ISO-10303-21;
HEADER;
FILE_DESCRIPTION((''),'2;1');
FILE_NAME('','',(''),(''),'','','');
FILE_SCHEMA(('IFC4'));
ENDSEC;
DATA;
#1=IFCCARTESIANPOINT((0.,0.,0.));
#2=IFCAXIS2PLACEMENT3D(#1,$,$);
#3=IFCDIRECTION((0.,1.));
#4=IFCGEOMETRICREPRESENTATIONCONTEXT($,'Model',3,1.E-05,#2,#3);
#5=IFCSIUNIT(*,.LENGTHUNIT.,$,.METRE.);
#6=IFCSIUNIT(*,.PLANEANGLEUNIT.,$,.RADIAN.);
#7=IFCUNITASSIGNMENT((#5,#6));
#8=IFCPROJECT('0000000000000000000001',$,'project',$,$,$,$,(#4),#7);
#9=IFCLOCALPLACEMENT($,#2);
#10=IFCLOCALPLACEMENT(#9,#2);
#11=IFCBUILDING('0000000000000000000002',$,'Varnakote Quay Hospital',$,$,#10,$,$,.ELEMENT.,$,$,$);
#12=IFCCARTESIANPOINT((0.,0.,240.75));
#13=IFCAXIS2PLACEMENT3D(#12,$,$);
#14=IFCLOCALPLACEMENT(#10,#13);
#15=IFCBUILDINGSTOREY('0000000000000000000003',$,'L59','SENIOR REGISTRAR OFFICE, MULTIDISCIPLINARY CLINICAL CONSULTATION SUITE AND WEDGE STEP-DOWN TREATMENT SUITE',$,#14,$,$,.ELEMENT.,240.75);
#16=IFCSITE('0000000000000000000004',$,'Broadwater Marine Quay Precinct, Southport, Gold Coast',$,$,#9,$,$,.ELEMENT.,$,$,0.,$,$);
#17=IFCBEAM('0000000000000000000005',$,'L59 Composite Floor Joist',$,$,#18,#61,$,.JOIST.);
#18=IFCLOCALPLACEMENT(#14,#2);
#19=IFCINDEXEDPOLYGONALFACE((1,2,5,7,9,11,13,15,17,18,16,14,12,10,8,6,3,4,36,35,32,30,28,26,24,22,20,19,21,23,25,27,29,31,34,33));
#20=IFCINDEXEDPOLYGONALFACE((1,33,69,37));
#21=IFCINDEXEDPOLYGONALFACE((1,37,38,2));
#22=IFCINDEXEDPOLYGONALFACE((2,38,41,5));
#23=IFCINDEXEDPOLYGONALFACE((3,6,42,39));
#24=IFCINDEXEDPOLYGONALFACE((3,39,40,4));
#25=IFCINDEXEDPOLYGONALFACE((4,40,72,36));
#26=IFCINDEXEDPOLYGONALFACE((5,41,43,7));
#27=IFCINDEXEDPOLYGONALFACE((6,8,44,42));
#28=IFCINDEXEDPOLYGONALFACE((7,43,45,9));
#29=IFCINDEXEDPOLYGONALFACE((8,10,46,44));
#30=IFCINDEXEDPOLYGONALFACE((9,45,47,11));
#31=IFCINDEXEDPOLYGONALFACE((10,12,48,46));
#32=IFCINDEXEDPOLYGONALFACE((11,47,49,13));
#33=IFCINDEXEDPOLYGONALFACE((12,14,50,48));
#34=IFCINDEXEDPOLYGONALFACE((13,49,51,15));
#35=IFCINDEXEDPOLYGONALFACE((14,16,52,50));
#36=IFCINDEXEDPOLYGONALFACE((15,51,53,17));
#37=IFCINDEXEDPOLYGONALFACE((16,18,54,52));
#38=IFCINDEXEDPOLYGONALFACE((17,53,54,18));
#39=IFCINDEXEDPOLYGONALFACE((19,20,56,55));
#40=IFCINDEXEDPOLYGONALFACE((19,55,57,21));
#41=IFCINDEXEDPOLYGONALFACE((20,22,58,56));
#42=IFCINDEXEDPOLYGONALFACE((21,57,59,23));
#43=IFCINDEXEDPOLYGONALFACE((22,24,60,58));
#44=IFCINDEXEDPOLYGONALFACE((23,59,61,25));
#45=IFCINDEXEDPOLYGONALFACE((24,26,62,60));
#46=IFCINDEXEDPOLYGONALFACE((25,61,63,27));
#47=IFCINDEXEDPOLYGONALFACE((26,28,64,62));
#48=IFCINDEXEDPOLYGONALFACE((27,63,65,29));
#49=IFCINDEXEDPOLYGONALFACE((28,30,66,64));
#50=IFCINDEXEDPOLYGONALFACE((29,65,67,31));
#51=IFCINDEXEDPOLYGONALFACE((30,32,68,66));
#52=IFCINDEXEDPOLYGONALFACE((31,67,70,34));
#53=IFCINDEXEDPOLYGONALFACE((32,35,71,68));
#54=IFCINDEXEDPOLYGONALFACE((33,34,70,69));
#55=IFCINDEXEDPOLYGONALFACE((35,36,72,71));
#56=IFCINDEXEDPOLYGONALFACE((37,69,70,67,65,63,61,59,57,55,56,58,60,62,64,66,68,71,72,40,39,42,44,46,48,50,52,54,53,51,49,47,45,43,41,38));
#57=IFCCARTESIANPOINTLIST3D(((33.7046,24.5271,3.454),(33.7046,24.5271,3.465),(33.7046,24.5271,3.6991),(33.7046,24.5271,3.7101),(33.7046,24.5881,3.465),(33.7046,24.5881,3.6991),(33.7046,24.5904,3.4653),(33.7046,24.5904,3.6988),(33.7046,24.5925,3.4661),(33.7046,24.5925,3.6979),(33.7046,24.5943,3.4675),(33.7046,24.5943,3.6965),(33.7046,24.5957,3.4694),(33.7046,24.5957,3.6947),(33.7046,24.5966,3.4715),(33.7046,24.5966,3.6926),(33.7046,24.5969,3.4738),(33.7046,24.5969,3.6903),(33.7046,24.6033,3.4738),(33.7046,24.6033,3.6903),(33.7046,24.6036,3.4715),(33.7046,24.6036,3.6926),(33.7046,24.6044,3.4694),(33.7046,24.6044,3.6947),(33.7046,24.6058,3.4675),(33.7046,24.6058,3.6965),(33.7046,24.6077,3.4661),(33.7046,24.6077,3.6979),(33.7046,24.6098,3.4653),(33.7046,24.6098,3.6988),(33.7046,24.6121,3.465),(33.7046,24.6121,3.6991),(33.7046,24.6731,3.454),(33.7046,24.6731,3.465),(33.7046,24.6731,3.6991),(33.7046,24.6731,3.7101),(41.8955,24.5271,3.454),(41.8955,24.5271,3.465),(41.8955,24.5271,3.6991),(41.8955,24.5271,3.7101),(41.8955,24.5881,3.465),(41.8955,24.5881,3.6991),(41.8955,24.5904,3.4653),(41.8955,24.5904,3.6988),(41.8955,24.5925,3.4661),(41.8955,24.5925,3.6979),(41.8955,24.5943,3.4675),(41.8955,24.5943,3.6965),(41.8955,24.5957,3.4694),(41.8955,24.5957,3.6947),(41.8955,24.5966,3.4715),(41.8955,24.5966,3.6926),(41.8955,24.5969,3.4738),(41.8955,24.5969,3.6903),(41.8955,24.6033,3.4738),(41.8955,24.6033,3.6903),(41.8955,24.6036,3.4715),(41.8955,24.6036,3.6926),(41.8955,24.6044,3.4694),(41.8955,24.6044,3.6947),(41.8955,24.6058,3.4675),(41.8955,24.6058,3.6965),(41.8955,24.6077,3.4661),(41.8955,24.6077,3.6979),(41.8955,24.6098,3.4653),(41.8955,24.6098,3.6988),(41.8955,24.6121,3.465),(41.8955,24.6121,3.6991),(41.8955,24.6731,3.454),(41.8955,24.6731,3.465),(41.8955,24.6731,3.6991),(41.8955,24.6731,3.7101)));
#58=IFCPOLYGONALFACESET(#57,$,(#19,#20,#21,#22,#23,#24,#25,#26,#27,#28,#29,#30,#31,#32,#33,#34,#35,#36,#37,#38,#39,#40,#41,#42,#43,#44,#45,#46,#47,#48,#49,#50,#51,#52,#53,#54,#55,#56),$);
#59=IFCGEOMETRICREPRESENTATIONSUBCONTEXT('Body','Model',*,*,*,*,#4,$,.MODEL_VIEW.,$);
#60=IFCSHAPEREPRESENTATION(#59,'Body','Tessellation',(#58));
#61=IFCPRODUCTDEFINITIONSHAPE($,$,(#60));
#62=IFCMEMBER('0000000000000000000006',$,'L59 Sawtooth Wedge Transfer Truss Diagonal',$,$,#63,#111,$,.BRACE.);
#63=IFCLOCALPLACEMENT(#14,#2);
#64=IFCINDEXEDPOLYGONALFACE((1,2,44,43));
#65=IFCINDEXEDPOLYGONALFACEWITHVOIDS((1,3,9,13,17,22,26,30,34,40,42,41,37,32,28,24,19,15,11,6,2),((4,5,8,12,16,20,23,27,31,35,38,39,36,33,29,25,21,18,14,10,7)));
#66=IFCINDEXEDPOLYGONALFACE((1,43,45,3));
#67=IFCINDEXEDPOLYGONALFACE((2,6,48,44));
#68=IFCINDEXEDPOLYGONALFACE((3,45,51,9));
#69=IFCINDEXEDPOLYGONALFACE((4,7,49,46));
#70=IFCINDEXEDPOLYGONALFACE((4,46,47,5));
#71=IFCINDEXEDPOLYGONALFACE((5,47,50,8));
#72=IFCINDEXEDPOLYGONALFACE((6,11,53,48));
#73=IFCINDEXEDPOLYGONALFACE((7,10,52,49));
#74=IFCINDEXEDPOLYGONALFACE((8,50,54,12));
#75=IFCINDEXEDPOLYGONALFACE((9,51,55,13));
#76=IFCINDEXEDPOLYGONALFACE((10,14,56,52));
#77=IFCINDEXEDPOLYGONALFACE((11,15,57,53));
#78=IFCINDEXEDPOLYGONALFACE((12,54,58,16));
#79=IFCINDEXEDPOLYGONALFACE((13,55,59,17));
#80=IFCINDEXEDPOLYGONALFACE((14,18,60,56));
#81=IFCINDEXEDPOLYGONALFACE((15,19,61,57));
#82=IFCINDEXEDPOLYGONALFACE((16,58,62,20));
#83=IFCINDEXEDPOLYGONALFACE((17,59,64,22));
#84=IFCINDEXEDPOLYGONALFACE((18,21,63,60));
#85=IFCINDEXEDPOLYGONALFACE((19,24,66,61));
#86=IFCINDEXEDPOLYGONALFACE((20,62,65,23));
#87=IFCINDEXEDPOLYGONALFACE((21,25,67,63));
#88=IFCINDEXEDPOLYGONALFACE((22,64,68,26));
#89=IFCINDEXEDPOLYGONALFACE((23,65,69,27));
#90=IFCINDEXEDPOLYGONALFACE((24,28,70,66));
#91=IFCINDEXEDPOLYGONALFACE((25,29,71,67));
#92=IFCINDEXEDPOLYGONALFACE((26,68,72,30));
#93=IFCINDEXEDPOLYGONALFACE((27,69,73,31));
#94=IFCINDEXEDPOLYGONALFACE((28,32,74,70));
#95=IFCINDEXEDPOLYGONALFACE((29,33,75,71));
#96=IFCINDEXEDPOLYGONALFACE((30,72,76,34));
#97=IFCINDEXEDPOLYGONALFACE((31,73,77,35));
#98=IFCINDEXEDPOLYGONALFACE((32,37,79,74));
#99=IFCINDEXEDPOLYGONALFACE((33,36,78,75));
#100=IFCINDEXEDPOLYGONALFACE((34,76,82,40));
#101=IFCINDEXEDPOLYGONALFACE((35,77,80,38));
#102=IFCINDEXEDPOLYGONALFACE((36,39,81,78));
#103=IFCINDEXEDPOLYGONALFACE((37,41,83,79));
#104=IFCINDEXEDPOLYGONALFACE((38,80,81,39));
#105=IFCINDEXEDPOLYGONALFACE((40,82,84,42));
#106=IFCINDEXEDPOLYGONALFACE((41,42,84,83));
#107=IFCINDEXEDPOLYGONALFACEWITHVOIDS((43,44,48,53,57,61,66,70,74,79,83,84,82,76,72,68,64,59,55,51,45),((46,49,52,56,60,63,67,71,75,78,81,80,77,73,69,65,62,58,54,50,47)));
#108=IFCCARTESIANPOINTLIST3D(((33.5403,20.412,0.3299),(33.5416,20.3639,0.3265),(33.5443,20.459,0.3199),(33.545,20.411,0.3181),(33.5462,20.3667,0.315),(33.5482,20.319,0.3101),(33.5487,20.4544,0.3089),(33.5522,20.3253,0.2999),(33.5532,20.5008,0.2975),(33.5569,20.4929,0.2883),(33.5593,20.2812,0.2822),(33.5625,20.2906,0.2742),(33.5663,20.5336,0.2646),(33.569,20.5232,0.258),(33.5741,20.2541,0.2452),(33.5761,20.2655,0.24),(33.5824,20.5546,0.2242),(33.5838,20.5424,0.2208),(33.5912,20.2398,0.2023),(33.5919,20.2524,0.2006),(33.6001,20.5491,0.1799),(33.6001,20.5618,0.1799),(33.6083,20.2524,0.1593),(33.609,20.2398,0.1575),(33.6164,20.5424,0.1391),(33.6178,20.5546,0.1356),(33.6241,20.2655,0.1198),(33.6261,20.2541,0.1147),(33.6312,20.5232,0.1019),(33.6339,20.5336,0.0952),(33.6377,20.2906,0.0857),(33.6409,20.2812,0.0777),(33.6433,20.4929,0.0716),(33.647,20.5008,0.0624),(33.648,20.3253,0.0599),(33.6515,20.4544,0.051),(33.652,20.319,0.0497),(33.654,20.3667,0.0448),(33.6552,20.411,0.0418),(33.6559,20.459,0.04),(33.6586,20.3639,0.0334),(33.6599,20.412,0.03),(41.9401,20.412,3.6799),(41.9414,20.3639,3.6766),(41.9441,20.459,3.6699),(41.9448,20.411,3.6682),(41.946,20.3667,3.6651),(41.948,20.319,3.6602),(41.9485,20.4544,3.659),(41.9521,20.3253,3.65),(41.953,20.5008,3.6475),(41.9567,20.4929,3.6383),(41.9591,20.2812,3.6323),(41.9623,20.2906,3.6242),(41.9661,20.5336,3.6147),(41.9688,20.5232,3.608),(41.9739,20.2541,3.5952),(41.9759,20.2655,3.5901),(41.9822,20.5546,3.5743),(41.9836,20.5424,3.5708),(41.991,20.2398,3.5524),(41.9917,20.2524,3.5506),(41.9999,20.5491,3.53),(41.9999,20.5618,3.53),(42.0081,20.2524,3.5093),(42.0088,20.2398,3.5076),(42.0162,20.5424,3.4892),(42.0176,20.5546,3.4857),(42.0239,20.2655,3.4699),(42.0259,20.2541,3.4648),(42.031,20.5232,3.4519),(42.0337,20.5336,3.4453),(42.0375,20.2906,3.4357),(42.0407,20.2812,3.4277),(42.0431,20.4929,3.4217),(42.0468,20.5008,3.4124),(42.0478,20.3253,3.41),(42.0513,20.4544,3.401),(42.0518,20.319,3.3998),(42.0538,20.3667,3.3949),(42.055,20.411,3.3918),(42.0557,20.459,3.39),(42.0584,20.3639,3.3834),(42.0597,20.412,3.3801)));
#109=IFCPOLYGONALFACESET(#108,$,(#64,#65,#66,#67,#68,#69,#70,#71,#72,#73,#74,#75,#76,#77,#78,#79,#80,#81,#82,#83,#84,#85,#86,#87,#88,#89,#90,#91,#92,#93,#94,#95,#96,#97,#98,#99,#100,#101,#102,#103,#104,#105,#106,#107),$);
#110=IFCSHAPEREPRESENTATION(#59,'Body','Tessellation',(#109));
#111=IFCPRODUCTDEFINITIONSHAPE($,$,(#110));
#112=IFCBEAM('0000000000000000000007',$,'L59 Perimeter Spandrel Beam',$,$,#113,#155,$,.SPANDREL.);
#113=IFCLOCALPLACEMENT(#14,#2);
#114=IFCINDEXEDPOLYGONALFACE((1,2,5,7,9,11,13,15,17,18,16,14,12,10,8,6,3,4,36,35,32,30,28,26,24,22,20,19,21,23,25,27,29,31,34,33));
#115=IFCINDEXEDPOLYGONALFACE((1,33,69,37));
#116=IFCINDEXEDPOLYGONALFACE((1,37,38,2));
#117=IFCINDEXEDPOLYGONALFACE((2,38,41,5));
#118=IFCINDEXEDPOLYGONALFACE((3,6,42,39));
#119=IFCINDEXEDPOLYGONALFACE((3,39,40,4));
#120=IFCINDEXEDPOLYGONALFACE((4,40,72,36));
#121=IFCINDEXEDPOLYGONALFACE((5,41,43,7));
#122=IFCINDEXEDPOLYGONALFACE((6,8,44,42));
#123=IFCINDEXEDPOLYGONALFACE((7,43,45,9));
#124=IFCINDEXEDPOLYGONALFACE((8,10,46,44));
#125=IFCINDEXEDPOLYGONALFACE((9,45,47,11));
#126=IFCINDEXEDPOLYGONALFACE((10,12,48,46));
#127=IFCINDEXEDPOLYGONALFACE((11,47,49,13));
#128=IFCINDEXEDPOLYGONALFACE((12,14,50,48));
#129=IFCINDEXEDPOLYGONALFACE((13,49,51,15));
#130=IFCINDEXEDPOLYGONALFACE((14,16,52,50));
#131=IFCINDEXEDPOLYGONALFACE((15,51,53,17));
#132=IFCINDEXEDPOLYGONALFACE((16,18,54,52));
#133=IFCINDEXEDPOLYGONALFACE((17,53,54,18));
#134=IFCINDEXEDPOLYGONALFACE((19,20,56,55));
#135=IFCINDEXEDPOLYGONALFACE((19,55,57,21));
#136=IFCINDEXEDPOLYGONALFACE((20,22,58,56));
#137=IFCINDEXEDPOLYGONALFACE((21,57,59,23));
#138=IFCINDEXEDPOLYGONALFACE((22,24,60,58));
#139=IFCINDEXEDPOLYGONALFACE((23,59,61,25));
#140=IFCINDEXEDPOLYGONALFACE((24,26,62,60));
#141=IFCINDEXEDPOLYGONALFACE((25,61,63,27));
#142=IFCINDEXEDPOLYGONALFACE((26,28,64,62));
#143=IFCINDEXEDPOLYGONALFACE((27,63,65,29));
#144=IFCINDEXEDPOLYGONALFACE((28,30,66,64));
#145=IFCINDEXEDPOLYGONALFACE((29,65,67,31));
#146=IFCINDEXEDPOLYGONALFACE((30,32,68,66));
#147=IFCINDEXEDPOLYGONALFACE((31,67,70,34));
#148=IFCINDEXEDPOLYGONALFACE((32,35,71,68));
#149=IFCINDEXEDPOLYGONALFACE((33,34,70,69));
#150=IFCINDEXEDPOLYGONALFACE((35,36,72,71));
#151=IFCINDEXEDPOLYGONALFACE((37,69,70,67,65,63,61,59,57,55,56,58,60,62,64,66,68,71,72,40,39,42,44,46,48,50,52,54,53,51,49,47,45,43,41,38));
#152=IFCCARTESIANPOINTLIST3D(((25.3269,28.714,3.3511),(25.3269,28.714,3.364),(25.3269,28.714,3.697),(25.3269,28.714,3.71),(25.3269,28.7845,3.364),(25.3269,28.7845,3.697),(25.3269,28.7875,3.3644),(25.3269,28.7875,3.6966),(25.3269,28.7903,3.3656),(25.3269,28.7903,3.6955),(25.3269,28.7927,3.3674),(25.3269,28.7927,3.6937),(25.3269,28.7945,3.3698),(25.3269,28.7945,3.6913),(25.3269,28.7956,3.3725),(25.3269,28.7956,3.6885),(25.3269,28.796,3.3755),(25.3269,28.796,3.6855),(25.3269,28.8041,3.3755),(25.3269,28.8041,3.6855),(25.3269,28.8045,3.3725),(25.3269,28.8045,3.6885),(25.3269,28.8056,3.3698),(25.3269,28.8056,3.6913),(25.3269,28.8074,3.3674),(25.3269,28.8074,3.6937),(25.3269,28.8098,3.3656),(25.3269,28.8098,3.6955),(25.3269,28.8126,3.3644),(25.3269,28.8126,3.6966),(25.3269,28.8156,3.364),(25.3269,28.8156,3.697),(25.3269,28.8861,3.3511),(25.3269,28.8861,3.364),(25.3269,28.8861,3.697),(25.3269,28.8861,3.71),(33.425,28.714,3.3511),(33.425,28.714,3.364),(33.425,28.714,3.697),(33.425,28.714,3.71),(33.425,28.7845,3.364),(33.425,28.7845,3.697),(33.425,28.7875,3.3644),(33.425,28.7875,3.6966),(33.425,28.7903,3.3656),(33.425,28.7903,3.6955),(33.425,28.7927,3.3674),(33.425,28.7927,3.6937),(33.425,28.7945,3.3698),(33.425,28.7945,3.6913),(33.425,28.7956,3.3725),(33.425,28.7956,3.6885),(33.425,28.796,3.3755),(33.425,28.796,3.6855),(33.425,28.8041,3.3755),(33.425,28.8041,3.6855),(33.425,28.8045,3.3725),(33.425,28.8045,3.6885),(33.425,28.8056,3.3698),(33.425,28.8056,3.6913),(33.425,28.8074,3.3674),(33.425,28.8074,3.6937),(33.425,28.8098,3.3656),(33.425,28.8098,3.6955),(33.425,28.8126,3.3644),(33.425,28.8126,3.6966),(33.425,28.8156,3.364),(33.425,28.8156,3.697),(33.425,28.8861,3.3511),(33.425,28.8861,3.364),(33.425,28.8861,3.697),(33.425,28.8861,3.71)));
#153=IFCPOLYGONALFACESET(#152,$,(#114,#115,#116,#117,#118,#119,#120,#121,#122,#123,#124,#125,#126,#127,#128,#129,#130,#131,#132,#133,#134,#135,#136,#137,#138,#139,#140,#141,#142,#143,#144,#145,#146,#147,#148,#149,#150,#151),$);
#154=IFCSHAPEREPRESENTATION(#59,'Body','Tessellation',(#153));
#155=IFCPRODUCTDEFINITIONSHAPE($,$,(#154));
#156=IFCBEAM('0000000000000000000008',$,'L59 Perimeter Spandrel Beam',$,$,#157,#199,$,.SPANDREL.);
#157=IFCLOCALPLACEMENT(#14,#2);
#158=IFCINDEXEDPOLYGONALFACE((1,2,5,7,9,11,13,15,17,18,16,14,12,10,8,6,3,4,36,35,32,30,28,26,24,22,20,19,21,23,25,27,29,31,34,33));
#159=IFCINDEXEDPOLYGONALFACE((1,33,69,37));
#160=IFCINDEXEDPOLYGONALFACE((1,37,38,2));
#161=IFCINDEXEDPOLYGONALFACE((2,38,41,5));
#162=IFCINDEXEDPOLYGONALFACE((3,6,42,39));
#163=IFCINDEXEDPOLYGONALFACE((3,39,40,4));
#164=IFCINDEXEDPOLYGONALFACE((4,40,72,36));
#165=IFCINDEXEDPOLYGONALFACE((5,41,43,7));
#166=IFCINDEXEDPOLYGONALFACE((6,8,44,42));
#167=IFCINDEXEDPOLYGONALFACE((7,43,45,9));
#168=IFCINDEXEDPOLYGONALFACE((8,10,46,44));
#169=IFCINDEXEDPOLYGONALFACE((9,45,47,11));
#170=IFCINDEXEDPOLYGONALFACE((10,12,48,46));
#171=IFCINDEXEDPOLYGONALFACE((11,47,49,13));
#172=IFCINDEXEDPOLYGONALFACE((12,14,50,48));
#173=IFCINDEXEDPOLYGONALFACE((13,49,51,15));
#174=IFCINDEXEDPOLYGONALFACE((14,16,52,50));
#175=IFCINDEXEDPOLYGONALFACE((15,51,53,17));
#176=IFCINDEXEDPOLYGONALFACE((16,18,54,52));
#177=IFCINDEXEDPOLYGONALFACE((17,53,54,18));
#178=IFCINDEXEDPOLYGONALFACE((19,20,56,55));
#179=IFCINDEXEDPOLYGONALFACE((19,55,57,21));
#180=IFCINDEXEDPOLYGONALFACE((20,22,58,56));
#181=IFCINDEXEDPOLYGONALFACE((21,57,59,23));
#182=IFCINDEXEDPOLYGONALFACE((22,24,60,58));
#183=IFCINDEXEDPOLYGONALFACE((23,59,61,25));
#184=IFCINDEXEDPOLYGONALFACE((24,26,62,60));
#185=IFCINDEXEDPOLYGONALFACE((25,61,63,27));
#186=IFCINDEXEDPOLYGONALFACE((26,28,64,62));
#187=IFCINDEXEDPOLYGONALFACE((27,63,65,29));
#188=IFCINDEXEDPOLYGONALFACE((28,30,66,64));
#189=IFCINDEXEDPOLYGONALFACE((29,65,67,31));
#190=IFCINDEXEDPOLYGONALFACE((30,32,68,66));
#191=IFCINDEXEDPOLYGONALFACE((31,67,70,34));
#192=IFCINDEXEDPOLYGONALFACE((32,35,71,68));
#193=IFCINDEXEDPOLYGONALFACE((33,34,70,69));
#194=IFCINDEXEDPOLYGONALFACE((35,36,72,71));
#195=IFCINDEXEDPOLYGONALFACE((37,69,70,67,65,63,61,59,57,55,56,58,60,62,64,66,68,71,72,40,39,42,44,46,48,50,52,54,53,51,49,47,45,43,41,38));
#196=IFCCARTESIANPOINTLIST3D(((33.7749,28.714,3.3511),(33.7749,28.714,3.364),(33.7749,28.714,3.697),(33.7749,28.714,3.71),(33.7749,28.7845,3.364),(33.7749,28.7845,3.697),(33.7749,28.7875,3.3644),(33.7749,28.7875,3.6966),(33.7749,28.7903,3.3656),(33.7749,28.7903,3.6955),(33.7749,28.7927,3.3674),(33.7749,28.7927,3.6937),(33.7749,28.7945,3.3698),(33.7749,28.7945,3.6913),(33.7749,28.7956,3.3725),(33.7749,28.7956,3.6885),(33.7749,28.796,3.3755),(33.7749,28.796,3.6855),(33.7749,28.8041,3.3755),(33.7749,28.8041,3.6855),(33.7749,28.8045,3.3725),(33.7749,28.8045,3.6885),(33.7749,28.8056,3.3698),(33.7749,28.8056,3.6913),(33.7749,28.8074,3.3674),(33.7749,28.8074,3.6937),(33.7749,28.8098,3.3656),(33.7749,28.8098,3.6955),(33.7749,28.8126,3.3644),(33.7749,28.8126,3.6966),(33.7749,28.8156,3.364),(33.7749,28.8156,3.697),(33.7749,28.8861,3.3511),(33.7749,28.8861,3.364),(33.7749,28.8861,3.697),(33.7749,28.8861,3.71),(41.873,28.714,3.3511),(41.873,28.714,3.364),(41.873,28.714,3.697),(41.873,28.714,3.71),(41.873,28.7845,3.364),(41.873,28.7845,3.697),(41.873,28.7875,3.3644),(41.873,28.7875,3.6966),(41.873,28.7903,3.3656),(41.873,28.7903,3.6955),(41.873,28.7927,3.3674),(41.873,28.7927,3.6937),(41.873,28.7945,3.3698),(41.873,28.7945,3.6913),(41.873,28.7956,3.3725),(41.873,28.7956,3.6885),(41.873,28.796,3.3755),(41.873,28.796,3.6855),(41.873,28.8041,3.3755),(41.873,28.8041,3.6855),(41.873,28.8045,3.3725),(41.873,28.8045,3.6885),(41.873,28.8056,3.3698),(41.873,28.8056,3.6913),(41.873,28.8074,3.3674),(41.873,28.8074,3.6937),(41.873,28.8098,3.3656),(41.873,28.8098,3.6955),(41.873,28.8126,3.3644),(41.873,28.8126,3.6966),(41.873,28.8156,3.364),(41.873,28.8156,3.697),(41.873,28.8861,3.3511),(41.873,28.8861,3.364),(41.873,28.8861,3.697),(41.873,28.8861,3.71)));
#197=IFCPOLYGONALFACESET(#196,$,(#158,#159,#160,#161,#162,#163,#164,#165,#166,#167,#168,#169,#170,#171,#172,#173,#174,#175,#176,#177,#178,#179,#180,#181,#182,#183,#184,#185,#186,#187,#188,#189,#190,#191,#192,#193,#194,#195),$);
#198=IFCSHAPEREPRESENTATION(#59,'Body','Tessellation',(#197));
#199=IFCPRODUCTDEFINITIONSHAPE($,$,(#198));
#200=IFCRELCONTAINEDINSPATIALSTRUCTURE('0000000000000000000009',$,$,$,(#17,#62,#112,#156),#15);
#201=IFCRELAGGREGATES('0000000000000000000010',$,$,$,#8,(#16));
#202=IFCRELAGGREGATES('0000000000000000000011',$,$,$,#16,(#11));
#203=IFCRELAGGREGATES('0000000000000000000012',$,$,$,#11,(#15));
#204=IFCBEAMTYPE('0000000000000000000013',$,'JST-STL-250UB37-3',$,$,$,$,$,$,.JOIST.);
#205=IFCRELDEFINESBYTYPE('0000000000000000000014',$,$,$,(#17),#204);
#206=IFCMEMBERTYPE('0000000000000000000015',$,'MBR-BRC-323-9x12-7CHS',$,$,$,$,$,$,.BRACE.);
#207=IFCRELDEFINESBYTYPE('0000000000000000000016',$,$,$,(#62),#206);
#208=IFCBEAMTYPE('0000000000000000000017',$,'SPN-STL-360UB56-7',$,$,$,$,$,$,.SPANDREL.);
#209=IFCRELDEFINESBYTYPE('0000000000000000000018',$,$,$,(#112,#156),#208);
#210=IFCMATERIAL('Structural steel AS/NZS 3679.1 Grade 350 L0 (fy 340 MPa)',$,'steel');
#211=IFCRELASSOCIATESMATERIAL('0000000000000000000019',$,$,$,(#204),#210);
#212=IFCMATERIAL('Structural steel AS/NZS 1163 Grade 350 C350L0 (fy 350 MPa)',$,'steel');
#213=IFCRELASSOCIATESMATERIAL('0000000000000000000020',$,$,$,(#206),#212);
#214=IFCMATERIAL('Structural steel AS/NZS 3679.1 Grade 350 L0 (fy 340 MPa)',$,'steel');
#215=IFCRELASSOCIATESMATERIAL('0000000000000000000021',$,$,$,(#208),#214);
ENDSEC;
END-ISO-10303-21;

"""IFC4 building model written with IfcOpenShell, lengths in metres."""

from ifc_helpers import new_model, si_unit, direction, frame, origin, origin_2d, place, context, subcontext, project, spatial, hollow_circle, i_section, extrude, material, material_profile, profile_set, type_object, element, save


model = new_model("IFC4")

# Units and contexts
model_context = context("Model", 3, precision=1e-05, world=origin(), true_north=direction((0.0, 1.0)))
body_context = subcontext(model_context, "Body", "Model", "MODEL_VIEW")
ifc_project = project(units=[si_unit("LENGTHUNIT", "METRE"), si_unit("PLANEANGLEUNIT", "RADIAN")], contexts=[model_context])

# Site, building, storey
site_placement = place(None, origin())
site = spatial("IfcSite", under=ifc_project, at=site_placement, Name="Broadwater Marine Quay Precinct, Southport, Gold Coast", CompositionType="ELEMENT", RefElevation=0.0)
building_placement = place(site_placement, origin())
building = spatial("IfcBuilding", under=site, at=building_placement, Name="Varnakote Quay Hospital", CompositionType="ELEMENT")
storey_placement = place(building_placement, frame((0.0, 0.0, 240.75)))
storey = spatial("IfcBuildingStorey", under=building, at=storey_placement, Name="L59", Description="SENIOR REGISTRAR OFFICE, MULTIDISCIPLINARY CLINICAL CONSULTATION SUITE AND WEDGE STEP-DOWN TREATMENT SUITE", CompositionType="ELEMENT", Elevation=240.75)

# Beam
ifc_material_1 = material(Name="Structural steel AS/NZS 3679.1 Grade 350 L0 (fy 340 MPa)", Category="steel")
ifc_material_profile_1 = material_profile(ifc_material_1, i_section(OverallWidth=0.146, OverallDepth=0.2561, WebThickness=0.0063, FlangeThickness=0.011, FilletRadius=0.0088, at=origin_2d()), Name="250UB37.3")
ifc_profile_set_1 = profile_set([ifc_material_profile_1], Name="Structural steel AS/NZS 3679.1 Grade 350 L0 (fy 340 MPa)")
beam_type_1 = type_object("IfcBeamType", Name="JST-STL-250UB37-3", PredefinedType="JOIST", material=ifc_profile_set_1)
beam_1_placement = place(storey_placement, frame((33.7046, 24.6001, 3.582), z_axis=(1.0, 0.0, 0.0), x_axis=(0.0, 1.0, 0.0)))
element("IfcBeam", 1, at=beam_1_placement, inside=storey, type_object=beam_type_1, Name="L59 Composite Floor Joist", PredefinedType="JOIST", context=body_context, shape_type="SweptSolid", body=[
    extrude(i_section(OverallWidth=0.146, OverallDepth=0.2561, WebThickness=0.0063, FlangeThickness=0.011, FilletRadius=0.0088, at=origin_2d()), origin(), (0.0, 0.0, 1.0), 8.1909),
])

# Member
ifc_material_2 = material(Name="Structural steel AS/NZS 1163 Grade 350 C350L0 (fy 350 MPa)", Category="steel")
ifc_material_profile_2 = material_profile(ifc_material_2, hollow_circle(Radius=0.1619, WallThickness=0.0127, at=origin_2d()), Name="323.9x12.7CHS")
ifc_profile_set_2 = profile_set([ifc_material_profile_2], Name="Structural steel AS/NZS 1163 Grade 350 C350L0 (fy 350 MPa)")
member_type_1 = type_object("IfcMemberType", Name="MBR-BRC-323-9x12-7CHS", PredefinedType="BRACE", material=ifc_profile_set_2)
member_1_placement = place(storey_placement, frame((33.6001, 20.3999, 0.1799), z_axis=(0.928852, 0.0, 0.37045), x_axis=(0.0, 1.0, 0.0)))
element("IfcMember", 2, at=member_1_placement, inside=storey, type_object=member_type_1, Name="L59 Sawtooth Wedge Transfer Truss Diagonal", PredefinedType="BRACE", context=body_context, shape_type="SweptSolid", body=[
    extrude(hollow_circle(Radius=0.1619, WallThickness=0.0127, at=origin_2d()), origin(), (0.0, 0.0, 1.0), 9.0432),
])

# Beams
ifc_material_3 = material(Name="Structural steel AS/NZS 3679.1 Grade 350 L0 (fy 340 MPa)", Category="steel")
ifc_material_profile_3 = material_profile(ifc_material_3, i_section(OverallWidth=0.1721, OverallDepth=0.3589, WebThickness=0.0081, FlangeThickness=0.0129, FilletRadius=0.0115, at=origin_2d()), Name="360UB56.7")
ifc_profile_set_3 = profile_set([ifc_material_profile_3], Name="Structural steel AS/NZS 3679.1 Grade 350 L0 (fy 340 MPa)")
beam_type_2 = type_object("IfcBeamType", Name="SPN-STL-360UB56-7", PredefinedType="SPANDREL", material=ifc_profile_set_3)
for number, where, z_axis, x_axis, name in (
    (3, (25.3269, 28.8, 3.5305), (1.0, 0.0, 0.0), (0.0, 1.0, 0.0), "L59 Perimeter Spandrel Beam"),
    (4, (33.7749, 28.8, 3.5305), (1.0, 0.0, 0.0), (0.0, 1.0, 0.0), "L59 Perimeter Spandrel Beam"),
):
    element("IfcBeam", number, at=place(storey_placement, frame(where, z_axis=z_axis, x_axis=x_axis)), inside=storey, type_object=beam_type_2, Name=name, PredefinedType="SPANDREL", context=body_context, shape_type="SweptSolid", body=[
        extrude(i_section(OverallWidth=0.1721, OverallDepth=0.3589, WebThickness=0.0081, FlangeThickness=0.0129, FilletRadius=0.0115, at=origin_2d()), origin(), (0.0, 0.0, 1.0), 8.0981),
    ])

save(model, "model.ifc")
